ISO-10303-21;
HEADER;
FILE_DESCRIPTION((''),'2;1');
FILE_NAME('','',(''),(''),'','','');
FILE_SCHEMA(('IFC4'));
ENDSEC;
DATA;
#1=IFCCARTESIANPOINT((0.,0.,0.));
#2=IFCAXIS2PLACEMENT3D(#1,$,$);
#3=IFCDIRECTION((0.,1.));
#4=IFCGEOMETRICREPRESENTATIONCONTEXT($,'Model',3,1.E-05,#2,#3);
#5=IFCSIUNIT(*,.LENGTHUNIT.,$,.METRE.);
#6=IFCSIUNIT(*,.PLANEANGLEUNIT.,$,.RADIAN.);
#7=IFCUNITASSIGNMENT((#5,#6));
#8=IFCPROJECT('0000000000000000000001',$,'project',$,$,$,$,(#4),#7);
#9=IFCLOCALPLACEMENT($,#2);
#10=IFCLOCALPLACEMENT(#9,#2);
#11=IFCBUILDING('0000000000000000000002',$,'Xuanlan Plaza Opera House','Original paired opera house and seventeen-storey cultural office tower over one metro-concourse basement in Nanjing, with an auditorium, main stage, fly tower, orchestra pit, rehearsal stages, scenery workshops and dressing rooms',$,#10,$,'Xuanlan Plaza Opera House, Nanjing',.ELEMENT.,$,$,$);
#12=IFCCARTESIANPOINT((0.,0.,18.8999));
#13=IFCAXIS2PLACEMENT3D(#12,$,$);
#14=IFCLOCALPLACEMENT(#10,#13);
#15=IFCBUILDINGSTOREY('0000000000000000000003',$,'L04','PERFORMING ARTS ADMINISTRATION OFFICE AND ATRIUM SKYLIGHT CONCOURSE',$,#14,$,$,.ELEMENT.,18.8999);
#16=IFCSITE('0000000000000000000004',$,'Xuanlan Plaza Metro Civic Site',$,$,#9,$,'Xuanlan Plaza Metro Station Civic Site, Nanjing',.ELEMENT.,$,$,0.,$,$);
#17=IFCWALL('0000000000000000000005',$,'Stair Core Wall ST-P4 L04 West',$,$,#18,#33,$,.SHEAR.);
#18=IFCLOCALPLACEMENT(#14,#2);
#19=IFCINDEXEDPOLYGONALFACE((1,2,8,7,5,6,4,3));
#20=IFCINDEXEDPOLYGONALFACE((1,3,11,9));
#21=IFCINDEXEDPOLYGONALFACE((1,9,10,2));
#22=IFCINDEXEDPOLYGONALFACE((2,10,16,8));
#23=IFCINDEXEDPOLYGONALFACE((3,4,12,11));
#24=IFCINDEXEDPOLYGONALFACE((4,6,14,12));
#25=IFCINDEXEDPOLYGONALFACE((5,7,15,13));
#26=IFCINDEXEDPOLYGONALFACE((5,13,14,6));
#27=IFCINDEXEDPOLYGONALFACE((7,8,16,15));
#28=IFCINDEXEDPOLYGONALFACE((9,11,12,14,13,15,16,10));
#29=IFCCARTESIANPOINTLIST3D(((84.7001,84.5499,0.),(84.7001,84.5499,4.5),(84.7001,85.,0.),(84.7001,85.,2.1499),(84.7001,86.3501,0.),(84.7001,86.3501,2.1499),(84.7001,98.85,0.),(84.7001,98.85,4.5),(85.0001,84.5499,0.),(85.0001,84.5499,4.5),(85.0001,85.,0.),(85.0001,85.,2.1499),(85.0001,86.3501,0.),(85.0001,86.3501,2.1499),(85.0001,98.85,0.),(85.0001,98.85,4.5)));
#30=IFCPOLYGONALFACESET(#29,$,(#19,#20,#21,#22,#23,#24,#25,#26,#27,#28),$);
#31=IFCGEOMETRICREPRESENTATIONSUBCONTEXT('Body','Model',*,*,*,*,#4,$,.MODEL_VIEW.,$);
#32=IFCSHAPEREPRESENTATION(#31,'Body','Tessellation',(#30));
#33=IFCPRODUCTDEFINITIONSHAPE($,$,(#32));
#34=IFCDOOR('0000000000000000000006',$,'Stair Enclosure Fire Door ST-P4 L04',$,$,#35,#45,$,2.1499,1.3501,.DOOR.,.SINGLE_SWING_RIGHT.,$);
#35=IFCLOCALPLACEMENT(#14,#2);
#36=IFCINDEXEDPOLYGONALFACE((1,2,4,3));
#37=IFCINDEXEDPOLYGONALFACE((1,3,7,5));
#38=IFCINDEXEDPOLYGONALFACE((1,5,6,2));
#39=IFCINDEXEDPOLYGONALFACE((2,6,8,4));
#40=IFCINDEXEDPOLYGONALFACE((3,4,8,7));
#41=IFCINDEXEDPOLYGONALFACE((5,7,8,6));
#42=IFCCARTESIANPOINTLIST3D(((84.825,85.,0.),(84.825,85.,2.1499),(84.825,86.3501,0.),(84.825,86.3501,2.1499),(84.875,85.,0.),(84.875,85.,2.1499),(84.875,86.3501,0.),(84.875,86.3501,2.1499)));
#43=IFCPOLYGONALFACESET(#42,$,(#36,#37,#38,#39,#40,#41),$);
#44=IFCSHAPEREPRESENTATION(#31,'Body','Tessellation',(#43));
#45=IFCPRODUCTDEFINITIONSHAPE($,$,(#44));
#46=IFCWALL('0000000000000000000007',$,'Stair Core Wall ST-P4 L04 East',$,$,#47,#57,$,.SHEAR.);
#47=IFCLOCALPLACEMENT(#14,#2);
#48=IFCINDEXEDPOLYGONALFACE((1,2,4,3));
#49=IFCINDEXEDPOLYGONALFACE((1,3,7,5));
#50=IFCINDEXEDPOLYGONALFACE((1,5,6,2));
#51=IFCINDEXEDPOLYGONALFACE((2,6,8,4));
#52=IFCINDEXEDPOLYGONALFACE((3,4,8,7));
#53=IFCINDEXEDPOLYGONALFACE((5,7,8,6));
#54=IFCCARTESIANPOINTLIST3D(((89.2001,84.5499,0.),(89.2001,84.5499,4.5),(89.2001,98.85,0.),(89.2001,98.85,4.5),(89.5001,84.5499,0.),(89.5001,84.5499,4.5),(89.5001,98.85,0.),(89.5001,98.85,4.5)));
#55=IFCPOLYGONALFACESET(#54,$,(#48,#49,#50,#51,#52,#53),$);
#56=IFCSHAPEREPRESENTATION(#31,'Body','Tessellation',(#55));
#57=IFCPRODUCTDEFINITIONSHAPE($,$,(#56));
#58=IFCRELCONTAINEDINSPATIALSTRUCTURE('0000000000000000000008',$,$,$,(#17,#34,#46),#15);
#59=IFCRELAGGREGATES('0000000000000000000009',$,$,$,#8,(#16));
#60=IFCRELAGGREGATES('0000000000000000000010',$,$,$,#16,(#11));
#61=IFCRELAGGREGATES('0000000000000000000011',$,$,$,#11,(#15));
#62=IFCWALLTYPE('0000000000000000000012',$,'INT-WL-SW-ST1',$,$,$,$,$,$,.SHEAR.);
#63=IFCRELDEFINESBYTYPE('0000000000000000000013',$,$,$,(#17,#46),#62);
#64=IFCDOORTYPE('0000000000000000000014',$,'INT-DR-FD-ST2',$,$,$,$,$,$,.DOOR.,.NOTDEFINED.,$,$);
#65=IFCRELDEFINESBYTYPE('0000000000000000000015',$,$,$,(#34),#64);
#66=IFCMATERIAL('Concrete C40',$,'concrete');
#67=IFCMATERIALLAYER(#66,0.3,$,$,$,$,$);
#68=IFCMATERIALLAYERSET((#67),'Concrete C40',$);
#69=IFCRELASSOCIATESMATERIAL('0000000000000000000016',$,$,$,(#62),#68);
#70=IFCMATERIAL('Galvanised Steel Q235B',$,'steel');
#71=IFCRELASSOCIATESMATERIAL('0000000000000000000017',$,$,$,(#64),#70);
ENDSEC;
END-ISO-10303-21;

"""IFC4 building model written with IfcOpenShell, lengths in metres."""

from ifc_helpers import new_model, si_unit, direction, frame, frame_2d, origin, place, context, subcontext, project, spatial, rectangle, extrude, material, layer, layer_set, type_object, element, fill, save


model = new_model("IFC4")

# Units and contexts
model_context = context("Model", 3, precision=1e-05, world=origin(), true_north=direction((0.0, 1.0)))
body_context = subcontext(model_context, "Body", "Model", "MODEL_VIEW")
ifc_project = project(units=[si_unit("LENGTHUNIT", "METRE"), si_unit("PLANEANGLEUNIT", "RADIAN")], contexts=[model_context])

# Site, building, storey
site_placement = place(None, origin())
site = spatial("IfcSite", under=ifc_project, at=site_placement, Name="Xuanlan Plaza Metro Civic Site", LongName="Xuanlan Plaza Metro Station Civic Site, Nanjing", CompositionType="ELEMENT", RefElevation=0.0)
building_placement = place(site_placement, origin())
building = spatial("IfcBuilding", under=site, at=building_placement, Name="Xuanlan Plaza Opera House", Description="Original paired opera house and seventeen-storey cultural office tower over one metro-concourse basement in Nanjing, with an auditorium, main stage, fly tower, orchestra pit, rehearsal stages, scenery workshops and dressing rooms", LongName="Xuanlan Plaza Opera House, Nanjing", CompositionType="ELEMENT")
storey_placement = place(building_placement, frame((0.0, 0.0, 18.8999)))
storey = spatial("IfcBuildingStorey", under=building, at=storey_placement, Name="L04", Description="PERFORMING ARTS ADMINISTRATION OFFICE AND ATRIUM SKYLIGHT CONCOURSE", CompositionType="ELEMENT", Elevation=18.8999)

# Shared definitions
ifc_material_1 = material(Name="Concrete C40", Category="concrete")

# Shared definitions
ifc_layer_1 = layer(ifc_material_1, 0.3)
ifc_layer_set_1 = layer_set([ifc_layer_1], Name="Concrete C40")
wall_type_1 = type_object("IfcWallType", Name="INT-WL-SW-ST1", PredefinedType="SHEAR", material=ifc_layer_set_1)

# Wall, opening, door
wall_1_placement = place(storey_placement, frame((84.8501, 84.55, 0.0), z_axis=(0.0, 0.0, 1.0), x_axis=(0.0, 1.0, 0.0)))
wall_1 = element("IfcWall", 1, at=wall_1_placement, inside=storey, type_object=wall_type_1, Name="Stair Core Wall ST-P4 L04 West", PredefinedType="SHEAR", context=body_context, shape_type="SweptSolid", body=[
    extrude(rectangle(XDim=14.3, YDim=0.3, at=frame_2d((7.1499, 0.0))), origin(), (0.0, 0.0, 1.0), 4.5),
])
opening_1_placement = place(wall_1_placement, frame((0.45, 0.0, 0.0)))
opening_1 = element("IfcOpeningElement", 2, at=opening_1_placement, cuts=wall_1, PredefinedType="OPENING", context=body_context, shape_type="SweptSolid", body=[
    extrude(rectangle(XDim=1.3501, YDim=2.1499, at=frame_2d((0.675, 1.075))), frame((0.0, 0.1599, 0.0), z_axis=(0.0, -1.0, 0.0), x_axis=(1.0, 0.0, 0.0)), (0.0, 0.0, 1.0), 0.3201),
])
ifc_material_2 = material(Name="Galvanised Steel Q235B", Category="steel")
door_type_1 = type_object("IfcDoorType", Name="INT-DR-FD-ST2", OperationType="NOTDEFINED", PredefinedType="DOOR", material=ifc_material_2)
door_1_placement = place(opening_1_placement, frame((1.3501, 0.0, 0.0), z_axis=(0.0, 0.0, 1.0), x_axis=(-1.0, 0.0, 0.0)))
door_1 = element("IfcDoor", 3, at=door_1_placement, inside=storey, type_object=door_type_1, Name="Stair Enclosure Fire Door ST-P4 L04", OperationType="SINGLE_SWING_RIGHT", OverallHeight=2.1499, OverallWidth=1.3501, PredefinedType="DOOR", context=body_context, shape_type="SweptSolid", body=[
    extrude(rectangle(XDim=1.3501, YDim=2.1499, at=frame_2d((0.675, 1.075))), frame((0.0, 0.0249, 0.0), z_axis=(0.0, -1.0, 0.0), x_axis=(1.0, 0.0, 0.0)), (0.0, 0.0, 1.0), 0.05),
])
fill(opening_1, door_1)

# Wall
wall_2_placement = place(storey_placement, frame((89.3501, 84.55, 0.0), z_axis=(0.0, 0.0, 1.0), x_axis=(0.0, 1.0, 0.0)))
element("IfcWall", 4, at=wall_2_placement, inside=storey, type_object=wall_type_1, Name="Stair Core Wall ST-P4 L04 East", PredefinedType="SHEAR", context=body_context, shape_type="SweptSolid", body=[
    extrude(rectangle(XDim=14.3, YDim=0.3, at=frame_2d((7.1499, 0.0))), origin(), (0.0, 0.0, 1.0), 4.5),
])

save(model, "model.ifc")
